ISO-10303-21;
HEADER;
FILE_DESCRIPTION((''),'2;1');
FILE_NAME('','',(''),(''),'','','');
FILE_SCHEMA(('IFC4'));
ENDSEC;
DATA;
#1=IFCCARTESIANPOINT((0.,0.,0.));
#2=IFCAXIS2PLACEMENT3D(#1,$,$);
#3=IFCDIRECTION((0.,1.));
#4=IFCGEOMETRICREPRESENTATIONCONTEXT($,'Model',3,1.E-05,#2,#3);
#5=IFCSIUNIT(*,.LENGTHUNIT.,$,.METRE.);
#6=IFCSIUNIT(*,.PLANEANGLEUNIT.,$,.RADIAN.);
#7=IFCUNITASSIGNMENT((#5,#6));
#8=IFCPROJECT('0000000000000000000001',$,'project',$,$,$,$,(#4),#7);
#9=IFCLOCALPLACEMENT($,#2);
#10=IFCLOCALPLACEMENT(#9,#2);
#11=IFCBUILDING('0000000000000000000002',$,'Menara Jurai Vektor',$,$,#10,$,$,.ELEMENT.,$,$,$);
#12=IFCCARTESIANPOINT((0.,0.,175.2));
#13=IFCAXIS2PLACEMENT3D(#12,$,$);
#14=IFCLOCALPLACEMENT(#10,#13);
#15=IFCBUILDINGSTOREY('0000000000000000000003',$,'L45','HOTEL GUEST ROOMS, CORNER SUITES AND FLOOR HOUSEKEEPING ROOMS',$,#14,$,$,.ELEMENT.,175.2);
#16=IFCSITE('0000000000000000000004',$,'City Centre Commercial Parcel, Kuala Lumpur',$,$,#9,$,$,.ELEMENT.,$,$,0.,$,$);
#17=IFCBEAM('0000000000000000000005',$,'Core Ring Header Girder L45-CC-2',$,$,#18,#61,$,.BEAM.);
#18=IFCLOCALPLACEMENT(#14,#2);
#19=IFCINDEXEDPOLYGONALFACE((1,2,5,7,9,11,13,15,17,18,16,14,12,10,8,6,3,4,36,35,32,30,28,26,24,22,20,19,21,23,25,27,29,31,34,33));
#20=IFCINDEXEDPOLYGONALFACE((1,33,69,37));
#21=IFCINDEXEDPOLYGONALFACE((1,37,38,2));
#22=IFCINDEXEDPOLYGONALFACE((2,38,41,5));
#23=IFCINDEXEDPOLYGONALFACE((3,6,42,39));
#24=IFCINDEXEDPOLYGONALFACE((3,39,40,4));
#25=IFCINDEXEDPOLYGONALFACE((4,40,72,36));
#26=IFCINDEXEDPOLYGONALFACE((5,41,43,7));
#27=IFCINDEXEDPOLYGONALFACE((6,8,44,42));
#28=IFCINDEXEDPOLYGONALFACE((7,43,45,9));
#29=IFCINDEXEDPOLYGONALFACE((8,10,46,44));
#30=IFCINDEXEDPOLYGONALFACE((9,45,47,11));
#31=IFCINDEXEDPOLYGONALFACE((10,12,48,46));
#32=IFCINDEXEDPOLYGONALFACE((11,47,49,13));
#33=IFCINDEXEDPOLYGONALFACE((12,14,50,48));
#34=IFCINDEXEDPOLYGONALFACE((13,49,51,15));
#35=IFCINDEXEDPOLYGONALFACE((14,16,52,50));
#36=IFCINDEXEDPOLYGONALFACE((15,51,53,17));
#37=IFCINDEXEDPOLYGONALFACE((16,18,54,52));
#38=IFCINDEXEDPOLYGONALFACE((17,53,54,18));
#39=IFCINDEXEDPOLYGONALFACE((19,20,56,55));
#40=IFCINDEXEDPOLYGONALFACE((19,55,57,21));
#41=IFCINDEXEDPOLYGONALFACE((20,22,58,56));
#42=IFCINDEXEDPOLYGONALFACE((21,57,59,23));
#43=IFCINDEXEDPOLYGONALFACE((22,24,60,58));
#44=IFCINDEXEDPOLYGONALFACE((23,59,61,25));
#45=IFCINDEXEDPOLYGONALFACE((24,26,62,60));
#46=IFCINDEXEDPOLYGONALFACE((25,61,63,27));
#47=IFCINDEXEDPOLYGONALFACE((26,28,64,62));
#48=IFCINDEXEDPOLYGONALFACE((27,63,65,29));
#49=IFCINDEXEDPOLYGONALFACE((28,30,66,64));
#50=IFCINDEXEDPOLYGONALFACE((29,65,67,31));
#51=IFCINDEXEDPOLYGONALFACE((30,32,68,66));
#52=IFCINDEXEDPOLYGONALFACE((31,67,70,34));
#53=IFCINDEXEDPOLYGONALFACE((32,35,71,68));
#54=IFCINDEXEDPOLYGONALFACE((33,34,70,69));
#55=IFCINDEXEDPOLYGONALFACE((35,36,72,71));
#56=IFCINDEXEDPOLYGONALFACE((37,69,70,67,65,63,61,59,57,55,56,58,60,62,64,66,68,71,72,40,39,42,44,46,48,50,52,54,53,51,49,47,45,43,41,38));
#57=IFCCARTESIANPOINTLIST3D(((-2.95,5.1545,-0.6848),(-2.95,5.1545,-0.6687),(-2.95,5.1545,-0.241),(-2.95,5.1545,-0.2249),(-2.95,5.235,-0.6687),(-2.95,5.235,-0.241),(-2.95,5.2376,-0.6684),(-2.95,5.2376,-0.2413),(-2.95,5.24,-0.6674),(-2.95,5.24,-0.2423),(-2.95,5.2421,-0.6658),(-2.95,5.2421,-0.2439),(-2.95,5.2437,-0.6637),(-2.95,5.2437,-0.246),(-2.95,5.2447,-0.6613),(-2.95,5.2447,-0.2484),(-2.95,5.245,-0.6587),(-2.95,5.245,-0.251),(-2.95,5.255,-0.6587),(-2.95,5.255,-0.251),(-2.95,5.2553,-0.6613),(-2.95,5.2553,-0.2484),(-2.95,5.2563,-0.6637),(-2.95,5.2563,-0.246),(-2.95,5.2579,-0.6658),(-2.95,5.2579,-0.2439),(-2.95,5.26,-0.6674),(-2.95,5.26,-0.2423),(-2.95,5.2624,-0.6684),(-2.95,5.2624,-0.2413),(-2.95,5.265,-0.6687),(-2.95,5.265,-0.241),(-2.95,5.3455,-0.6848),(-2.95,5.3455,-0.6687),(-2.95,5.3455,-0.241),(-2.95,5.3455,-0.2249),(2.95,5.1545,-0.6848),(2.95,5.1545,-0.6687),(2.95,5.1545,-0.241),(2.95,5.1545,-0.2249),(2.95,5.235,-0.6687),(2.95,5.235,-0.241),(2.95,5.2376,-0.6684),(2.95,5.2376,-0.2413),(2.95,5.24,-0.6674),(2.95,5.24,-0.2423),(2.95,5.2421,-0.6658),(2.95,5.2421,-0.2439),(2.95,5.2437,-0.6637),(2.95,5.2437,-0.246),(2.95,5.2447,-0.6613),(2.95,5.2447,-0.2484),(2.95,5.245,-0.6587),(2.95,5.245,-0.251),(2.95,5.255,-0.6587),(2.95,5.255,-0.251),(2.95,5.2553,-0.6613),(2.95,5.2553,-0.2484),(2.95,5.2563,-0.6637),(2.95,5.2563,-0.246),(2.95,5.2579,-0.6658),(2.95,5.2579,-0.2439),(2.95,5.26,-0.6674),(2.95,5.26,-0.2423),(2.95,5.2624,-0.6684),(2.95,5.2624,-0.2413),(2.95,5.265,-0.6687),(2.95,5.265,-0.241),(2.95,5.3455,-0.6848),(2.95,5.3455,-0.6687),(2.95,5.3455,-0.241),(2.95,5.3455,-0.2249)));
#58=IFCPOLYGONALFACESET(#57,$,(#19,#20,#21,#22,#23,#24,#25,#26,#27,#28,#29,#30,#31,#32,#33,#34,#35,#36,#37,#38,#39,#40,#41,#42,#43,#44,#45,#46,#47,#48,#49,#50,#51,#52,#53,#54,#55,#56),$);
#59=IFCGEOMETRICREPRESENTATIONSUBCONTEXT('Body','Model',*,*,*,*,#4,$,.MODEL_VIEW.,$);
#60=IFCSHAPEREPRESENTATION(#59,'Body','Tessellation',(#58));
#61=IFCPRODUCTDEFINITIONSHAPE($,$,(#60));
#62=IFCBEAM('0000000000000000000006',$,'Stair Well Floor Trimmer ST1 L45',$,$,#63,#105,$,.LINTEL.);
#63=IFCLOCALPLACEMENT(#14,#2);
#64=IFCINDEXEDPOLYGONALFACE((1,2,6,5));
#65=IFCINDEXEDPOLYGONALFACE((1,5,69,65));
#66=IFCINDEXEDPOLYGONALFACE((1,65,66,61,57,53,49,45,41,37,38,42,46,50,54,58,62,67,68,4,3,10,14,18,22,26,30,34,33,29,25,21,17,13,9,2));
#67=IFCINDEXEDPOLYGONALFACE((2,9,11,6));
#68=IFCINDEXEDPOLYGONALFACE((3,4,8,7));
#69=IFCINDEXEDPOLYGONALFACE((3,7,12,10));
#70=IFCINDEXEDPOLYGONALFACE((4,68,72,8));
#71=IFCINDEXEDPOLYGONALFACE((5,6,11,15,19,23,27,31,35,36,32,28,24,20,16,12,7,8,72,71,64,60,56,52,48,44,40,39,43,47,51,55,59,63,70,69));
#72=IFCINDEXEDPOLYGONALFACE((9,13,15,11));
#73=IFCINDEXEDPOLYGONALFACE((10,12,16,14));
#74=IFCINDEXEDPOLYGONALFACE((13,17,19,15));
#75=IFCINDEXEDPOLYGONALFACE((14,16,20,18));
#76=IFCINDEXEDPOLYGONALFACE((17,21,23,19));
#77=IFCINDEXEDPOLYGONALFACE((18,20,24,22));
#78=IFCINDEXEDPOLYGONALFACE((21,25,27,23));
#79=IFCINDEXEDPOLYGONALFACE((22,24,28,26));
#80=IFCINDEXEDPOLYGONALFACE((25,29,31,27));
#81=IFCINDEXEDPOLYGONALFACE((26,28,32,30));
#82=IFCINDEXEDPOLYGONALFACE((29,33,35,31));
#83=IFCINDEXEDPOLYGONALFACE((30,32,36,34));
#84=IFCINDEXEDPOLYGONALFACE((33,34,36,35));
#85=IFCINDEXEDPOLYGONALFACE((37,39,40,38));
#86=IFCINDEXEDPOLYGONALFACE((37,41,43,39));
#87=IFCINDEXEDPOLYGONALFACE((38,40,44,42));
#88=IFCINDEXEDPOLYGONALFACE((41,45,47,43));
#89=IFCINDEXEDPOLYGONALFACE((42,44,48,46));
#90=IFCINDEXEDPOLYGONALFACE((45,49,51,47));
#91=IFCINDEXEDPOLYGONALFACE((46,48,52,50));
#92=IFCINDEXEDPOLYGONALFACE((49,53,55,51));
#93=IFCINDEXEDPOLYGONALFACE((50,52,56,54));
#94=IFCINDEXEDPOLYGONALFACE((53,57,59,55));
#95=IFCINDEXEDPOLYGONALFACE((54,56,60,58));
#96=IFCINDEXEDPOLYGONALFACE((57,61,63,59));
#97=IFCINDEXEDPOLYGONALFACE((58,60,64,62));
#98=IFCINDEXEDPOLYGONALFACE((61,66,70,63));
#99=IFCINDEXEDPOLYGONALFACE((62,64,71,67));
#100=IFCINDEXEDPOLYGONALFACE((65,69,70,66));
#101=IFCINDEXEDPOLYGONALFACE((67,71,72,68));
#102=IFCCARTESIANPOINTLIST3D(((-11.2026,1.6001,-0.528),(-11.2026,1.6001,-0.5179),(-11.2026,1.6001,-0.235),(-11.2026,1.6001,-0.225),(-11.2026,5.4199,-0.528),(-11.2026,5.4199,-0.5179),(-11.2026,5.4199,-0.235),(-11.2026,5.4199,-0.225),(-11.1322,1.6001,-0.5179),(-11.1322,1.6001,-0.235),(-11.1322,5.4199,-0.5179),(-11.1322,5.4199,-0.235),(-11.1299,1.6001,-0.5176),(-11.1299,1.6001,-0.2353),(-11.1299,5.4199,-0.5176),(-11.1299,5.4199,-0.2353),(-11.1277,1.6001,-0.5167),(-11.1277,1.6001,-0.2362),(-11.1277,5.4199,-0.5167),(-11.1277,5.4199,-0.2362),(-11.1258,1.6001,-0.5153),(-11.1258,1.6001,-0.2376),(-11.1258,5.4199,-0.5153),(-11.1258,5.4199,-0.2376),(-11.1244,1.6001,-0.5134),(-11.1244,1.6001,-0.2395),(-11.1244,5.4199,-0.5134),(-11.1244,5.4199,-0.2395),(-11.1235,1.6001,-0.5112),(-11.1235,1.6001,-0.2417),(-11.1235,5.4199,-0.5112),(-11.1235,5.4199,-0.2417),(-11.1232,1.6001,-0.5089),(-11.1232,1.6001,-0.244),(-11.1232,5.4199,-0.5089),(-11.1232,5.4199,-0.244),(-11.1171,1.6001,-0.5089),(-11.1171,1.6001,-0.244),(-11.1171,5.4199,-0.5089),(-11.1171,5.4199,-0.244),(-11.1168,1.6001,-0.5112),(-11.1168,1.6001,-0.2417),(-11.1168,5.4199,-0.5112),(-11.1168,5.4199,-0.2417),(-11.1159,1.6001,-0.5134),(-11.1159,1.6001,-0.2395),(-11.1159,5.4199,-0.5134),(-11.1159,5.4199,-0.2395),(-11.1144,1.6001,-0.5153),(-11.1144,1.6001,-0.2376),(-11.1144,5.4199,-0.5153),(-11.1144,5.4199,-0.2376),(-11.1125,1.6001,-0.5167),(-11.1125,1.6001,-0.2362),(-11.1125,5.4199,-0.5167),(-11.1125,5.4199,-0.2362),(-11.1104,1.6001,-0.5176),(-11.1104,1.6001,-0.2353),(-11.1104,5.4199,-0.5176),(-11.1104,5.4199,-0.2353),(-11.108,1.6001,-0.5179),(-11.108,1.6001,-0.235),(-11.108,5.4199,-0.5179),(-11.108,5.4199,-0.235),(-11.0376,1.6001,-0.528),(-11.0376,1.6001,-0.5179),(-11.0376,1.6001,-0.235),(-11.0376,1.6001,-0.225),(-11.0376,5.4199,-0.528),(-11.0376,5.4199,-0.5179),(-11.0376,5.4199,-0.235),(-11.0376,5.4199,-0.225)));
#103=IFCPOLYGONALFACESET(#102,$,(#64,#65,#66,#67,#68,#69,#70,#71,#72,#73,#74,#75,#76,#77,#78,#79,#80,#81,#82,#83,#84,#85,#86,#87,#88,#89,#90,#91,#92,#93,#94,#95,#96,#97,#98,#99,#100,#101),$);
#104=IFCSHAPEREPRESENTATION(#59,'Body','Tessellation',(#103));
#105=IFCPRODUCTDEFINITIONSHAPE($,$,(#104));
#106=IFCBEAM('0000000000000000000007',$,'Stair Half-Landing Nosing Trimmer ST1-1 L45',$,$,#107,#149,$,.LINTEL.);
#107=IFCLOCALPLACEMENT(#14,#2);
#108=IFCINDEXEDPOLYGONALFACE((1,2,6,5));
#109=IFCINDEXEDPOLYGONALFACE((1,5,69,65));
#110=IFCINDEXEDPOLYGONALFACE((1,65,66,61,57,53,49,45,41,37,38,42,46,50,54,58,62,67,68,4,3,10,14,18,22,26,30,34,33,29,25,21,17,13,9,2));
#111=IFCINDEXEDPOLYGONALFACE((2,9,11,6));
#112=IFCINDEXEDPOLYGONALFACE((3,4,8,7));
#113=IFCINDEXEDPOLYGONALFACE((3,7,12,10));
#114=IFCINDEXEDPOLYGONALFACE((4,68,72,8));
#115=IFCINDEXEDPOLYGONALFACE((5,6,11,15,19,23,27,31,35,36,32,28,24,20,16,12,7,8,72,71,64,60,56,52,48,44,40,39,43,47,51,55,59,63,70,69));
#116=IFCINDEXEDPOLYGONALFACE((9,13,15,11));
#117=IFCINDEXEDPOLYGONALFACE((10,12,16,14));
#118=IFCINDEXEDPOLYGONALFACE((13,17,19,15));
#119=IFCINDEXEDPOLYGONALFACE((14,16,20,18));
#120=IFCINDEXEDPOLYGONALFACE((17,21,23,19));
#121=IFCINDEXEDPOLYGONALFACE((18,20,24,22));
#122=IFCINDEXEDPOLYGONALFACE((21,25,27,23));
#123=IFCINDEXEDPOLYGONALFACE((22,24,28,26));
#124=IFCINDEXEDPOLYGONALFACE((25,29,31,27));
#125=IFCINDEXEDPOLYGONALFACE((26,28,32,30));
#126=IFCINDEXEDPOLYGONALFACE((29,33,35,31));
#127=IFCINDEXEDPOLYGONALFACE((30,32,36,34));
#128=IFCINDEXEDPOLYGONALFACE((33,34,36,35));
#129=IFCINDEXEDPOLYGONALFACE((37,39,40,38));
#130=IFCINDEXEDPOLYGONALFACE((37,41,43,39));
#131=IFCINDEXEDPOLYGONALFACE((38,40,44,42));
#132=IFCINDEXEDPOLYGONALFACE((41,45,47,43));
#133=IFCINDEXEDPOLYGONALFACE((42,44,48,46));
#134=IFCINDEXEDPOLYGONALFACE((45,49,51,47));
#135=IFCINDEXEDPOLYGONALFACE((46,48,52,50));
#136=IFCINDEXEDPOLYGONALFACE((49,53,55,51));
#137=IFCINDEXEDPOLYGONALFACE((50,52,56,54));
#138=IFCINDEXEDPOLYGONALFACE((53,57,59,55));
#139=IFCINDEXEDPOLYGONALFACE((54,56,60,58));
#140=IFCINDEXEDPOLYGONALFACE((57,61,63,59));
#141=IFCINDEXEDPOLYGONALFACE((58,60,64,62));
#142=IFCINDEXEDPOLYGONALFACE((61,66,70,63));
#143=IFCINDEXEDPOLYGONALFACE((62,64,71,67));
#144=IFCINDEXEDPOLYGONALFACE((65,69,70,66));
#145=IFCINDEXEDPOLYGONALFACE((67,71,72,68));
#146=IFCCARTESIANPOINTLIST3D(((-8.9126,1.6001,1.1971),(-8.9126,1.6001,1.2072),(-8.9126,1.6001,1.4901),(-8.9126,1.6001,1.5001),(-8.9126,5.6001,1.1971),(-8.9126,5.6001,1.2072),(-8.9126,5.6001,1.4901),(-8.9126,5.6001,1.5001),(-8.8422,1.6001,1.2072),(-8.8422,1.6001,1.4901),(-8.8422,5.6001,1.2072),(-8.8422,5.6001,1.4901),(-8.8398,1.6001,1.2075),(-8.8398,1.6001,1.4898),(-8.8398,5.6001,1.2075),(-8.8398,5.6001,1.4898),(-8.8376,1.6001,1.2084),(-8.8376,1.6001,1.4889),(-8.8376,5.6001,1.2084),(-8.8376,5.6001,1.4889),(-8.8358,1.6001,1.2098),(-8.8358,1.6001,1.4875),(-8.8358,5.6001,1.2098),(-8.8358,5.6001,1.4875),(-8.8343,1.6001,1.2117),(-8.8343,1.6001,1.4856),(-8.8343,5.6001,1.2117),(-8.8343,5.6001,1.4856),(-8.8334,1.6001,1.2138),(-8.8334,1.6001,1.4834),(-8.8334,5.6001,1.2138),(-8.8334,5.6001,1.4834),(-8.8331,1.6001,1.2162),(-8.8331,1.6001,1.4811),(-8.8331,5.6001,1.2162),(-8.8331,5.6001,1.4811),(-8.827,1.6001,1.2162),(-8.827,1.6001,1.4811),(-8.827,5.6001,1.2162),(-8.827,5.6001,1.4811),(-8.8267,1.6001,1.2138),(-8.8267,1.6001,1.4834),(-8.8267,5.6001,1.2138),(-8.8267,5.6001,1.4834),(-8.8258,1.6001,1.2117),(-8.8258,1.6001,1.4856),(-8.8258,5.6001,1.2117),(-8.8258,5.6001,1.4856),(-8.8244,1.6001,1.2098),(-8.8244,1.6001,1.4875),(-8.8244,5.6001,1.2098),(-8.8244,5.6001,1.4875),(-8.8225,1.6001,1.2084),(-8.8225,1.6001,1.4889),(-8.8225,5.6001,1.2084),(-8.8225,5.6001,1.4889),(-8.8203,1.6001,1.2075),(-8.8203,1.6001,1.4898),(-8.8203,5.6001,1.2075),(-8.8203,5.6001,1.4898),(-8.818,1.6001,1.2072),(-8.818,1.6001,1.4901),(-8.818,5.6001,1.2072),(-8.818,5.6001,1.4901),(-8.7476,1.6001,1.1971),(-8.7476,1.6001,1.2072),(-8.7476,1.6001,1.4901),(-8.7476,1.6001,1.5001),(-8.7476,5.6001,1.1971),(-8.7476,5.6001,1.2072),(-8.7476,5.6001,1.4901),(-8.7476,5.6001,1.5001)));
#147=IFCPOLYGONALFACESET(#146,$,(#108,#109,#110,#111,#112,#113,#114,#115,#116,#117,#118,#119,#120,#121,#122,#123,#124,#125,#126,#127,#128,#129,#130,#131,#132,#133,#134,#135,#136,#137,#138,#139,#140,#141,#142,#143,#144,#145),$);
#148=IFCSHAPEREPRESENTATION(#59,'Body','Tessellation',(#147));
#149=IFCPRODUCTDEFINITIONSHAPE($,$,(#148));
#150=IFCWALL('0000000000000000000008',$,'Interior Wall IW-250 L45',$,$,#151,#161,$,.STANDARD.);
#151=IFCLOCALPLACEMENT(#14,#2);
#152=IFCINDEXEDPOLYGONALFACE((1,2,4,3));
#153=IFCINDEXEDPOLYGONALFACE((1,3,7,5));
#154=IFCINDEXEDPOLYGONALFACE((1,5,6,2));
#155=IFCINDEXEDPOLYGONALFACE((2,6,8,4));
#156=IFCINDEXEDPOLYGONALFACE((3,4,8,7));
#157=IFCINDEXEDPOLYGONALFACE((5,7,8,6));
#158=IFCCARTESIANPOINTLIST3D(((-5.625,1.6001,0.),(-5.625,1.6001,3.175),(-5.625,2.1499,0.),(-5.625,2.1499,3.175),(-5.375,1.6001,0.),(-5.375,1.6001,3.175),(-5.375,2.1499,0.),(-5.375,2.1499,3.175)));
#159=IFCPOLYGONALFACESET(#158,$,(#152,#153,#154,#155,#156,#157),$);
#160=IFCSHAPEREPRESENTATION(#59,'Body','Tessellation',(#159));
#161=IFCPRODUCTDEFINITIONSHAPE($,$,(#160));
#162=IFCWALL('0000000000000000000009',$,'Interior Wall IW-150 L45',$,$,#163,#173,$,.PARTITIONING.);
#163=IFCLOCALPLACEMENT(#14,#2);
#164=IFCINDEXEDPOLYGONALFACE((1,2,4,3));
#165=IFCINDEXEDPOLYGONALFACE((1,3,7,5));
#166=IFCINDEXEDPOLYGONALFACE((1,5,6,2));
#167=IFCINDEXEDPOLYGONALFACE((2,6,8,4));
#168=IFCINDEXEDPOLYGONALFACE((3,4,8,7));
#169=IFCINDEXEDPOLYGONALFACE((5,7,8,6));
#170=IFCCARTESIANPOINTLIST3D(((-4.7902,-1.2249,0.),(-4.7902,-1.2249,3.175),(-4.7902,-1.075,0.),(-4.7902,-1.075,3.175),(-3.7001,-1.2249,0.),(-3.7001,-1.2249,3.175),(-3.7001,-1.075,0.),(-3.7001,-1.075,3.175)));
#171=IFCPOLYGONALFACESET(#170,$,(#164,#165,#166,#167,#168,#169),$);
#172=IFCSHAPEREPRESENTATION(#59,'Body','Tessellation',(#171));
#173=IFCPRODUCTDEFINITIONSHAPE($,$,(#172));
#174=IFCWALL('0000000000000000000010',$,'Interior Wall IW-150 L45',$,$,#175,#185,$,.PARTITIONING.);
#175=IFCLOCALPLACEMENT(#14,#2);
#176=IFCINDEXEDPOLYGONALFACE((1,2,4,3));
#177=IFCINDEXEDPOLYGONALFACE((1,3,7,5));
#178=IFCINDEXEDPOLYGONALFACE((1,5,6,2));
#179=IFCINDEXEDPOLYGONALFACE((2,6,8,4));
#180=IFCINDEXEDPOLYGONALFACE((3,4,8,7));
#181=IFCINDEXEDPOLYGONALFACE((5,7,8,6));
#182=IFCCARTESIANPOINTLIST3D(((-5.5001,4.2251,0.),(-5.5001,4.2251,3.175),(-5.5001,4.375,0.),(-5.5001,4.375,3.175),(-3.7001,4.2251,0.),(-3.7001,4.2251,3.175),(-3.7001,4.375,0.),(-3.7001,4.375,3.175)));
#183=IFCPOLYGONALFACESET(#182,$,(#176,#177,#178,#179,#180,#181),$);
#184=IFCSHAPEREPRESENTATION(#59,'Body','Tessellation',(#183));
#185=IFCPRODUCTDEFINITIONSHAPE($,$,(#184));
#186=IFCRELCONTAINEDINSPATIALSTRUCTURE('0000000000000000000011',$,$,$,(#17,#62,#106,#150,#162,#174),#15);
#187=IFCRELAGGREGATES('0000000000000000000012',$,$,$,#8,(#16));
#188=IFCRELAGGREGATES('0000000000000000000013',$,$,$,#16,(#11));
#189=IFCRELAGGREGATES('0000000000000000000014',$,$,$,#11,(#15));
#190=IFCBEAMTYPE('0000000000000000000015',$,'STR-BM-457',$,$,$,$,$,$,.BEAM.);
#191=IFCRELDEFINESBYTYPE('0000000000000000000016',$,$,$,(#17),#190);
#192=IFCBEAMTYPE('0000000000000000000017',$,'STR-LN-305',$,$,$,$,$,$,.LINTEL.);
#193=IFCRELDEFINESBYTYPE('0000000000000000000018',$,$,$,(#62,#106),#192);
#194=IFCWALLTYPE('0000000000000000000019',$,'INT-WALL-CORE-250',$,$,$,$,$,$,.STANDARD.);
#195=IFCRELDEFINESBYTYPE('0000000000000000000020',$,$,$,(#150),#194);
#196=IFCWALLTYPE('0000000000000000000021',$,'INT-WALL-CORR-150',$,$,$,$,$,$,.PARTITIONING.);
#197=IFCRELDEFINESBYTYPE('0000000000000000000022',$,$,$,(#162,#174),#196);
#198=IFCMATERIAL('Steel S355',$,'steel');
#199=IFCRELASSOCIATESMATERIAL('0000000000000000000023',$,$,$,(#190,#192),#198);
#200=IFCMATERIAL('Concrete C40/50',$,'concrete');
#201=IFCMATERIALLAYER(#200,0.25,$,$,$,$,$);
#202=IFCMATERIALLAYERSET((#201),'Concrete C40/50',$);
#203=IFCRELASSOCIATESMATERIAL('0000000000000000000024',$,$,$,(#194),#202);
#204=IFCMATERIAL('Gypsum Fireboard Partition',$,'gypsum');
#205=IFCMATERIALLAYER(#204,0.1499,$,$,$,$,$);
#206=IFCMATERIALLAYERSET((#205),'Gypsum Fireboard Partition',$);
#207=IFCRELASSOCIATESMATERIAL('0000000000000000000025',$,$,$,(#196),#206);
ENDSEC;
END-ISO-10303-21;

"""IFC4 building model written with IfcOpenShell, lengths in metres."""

from ifc_helpers import new_model, si_unit, direction, frame, frame_2d, origin, origin_2d, place, context, subcontext, project, spatial, rectangle, i_section, extrude, material, layer, layer_set, material_profile, profile_set, type_object, element, save


model = new_model("IFC4")

# Units and contexts
model_context = context("Model", 3, precision=1e-05, world=origin(), true_north=direction((0.0, 1.0)))
body_context = subcontext(model_context, "Body", "Model", "MODEL_VIEW")
ifc_project = project(units=[si_unit("LENGTHUNIT", "METRE"), si_unit("PLANEANGLEUNIT", "RADIAN")], contexts=[model_context])

# Site, building, storey
site_placement = place(None, origin())
site = spatial("IfcSite", under=ifc_project, at=site_placement, Name="City Centre Commercial Parcel, Kuala Lumpur", CompositionType="ELEMENT", RefElevation=0.0)
building_placement = place(site_placement, origin())
building = spatial("IfcBuilding", under=site, at=building_placement, Name="Menara Jurai Vektor", CompositionType="ELEMENT")
storey_placement = place(building_placement, frame((0.0, 0.0, 175.2)))
storey = spatial("IfcBuildingStorey", under=building, at=storey_placement, Name="L45", Description="HOTEL GUEST ROOMS, CORNER SUITES AND FLOOR HOUSEKEEPING ROOMS", CompositionType="ELEMENT", Elevation=175.2)

# Shared definitions
ifc_material_1 = material(Name="Steel S355", Category="steel")

# Beams
ifc_material_profile_1 = material_profile(ifc_material_1, i_section(OverallWidth=0.1909, OverallDepth=0.46, WebThickness=0.01, FlangeThickness=0.0161, FilletRadius=0.01, at=origin_2d()), Name="UKB 457x191x82")
ifc_profile_set_1 = profile_set([ifc_material_profile_1], Name="Steel S355")
beam_type_1 = type_object("IfcBeamType", Name="STR-BM-457", PredefinedType="BEAM", material=ifc_profile_set_1)
beam_1_placement = place(storey_placement, frame((-2.95, 5.25, -0.4548), z_axis=(1.0, 0.0, 0.0), x_axis=(0.0, 1.0, 0.0)))
element("IfcBeam", 1, at=beam_1_placement, inside=storey, type_object=beam_type_1, Name="Core Ring Header Girder L45-CC-2", PredefinedType="BEAM", context=body_context, shape_type="SweptSolid", body=[
    extrude(i_section(OverallWidth=0.1909, OverallDepth=0.46, WebThickness=0.01, FlangeThickness=0.0161, FilletRadius=0.01, at=origin_2d()), origin(), (0.0, 0.0, 1.0), 5.8999),
])
ifc_material_profile_2 = material_profile(ifc_material_1, i_section(OverallWidth=0.165, OverallDepth=0.303, WebThickness=0.0061, FlangeThickness=0.01, FilletRadius=0.009, at=origin_2d()), Name="UKB 305x165x40")
ifc_profile_set_2 = profile_set([ifc_material_profile_2], Name="Steel S355")
beam_type_2 = type_object("IfcBeamType", Name="STR-LN-305", PredefinedType="LINTEL", material=ifc_profile_set_2)
beam_2_placement = place(storey_placement, frame((-11.1201, 1.6001, -0.3765), z_axis=(0.0, 1.0, 0.0), x_axis=(-1.0, 0.0, 0.0)))
element("IfcBeam", 2, at=beam_2_placement, inside=storey, type_object=beam_type_2, Name="Stair Well Floor Trimmer ST1 L45", PredefinedType="LINTEL", context=body_context, shape_type="SweptSolid", body=[
    extrude(i_section(OverallWidth=0.165, OverallDepth=0.303, WebThickness=0.0061, FlangeThickness=0.01, FilletRadius=0.009, at=origin_2d()), origin(), (0.0, 0.0, 1.0), 3.8198),
])
beam_3_placement = place(storey_placement, frame((-8.8301, 1.6001, 1.3486), z_axis=(0.0, 1.0, 0.0), x_axis=(-1.0, 0.0, 0.0)))
element("IfcBeam", 3, at=beam_3_placement, inside=storey, type_object=beam_type_2, Name="Stair Half-Landing Nosing Trimmer ST1-1 L45", PredefinedType="LINTEL", context=body_context, shape_type="SweptSolid", body=[
    extrude(i_section(OverallWidth=0.165, OverallDepth=0.303, WebThickness=0.0061, FlangeThickness=0.01, FilletRadius=0.009, at=origin_2d()), origin(), (0.0, 0.0, 1.0), 4.0),
])

# Shared definitions
ifc_material_2 = material(Name="Concrete C40/50", Category="concrete")
ifc_layer_1 = layer(ifc_material_2, 0.25)
ifc_layer_set_1 = layer_set([ifc_layer_1], Name="Concrete C40/50")
wall_type_1 = type_object("IfcWallType", Name="INT-WALL-CORE-250", PredefinedType="STANDARD", material=ifc_layer_set_1)

# Walls
wall_1_placement = place(storey_placement, frame((-5.5, 1.6001, 0.0), z_axis=(0.0, 0.0, 1.0), x_axis=(0.0, 1.0, 0.0)))
element("IfcWall", 4, at=wall_1_placement, inside=storey, type_object=wall_type_1, Name="Interior Wall IW-250 L45", PredefinedType="STANDARD", context=body_context, shape_type="SweptSolid", body=[
    extrude(rectangle(XDim=0.5498, YDim=0.25, at=frame_2d((0.2749, 0.0))), origin(), (0.0, 0.0, 1.0), 3.175),
])
ifc_material_3 = material(Name="Gypsum Fireboard Partition", Category="gypsum")
ifc_layer_2 = layer(ifc_material_3, 0.1499)
ifc_layer_set_2 = layer_set([ifc_layer_2], Name="Gypsum Fireboard Partition")
wall_type_2 = type_object("IfcWallType", Name="INT-WALL-CORR-150", PredefinedType="PARTITIONING", material=ifc_layer_set_2)
wall_2_placement = place(storey_placement, frame((-4.79, -1.1499, 0.0), z_axis=(0.0, 0.0, 1.0), x_axis=(1.0, 0.0, 0.0)))
element("IfcWall", 5, at=wall_2_placement, inside=storey, type_object=wall_type_2, Name="Interior Wall IW-150 L45", PredefinedType="PARTITIONING", context=body_context, shape_type="SweptSolid", body=[
    extrude(rectangle(XDim=1.0901, YDim=0.1499, at=frame_2d((0.5449, 0.0))), origin(), (0.0, 0.0, 1.0), 3.175),
])
for number, where, z_axis, x_axis, name in (
    (6, (-5.5, 4.3, 0.0), (0.0, 0.0, 1.0), (1.0, 0.0, 0.0), "Interior Wall IW-150 L45"),
):
    element("IfcWall", number, at=place(storey_placement, frame(where, z_axis=z_axis, x_axis=x_axis)), inside=storey, type_object=wall_type_2, Name=name, PredefinedType="PARTITIONING", context=body_context, shape_type="SweptSolid", body=[
        extrude(rectangle(XDim=1.8, YDim=0.1499, at=frame_2d((0.8999, 0.0))), origin(), (0.0, 0.0, 1.0), 3.175),
    ])

save(model, "model.ifc")
